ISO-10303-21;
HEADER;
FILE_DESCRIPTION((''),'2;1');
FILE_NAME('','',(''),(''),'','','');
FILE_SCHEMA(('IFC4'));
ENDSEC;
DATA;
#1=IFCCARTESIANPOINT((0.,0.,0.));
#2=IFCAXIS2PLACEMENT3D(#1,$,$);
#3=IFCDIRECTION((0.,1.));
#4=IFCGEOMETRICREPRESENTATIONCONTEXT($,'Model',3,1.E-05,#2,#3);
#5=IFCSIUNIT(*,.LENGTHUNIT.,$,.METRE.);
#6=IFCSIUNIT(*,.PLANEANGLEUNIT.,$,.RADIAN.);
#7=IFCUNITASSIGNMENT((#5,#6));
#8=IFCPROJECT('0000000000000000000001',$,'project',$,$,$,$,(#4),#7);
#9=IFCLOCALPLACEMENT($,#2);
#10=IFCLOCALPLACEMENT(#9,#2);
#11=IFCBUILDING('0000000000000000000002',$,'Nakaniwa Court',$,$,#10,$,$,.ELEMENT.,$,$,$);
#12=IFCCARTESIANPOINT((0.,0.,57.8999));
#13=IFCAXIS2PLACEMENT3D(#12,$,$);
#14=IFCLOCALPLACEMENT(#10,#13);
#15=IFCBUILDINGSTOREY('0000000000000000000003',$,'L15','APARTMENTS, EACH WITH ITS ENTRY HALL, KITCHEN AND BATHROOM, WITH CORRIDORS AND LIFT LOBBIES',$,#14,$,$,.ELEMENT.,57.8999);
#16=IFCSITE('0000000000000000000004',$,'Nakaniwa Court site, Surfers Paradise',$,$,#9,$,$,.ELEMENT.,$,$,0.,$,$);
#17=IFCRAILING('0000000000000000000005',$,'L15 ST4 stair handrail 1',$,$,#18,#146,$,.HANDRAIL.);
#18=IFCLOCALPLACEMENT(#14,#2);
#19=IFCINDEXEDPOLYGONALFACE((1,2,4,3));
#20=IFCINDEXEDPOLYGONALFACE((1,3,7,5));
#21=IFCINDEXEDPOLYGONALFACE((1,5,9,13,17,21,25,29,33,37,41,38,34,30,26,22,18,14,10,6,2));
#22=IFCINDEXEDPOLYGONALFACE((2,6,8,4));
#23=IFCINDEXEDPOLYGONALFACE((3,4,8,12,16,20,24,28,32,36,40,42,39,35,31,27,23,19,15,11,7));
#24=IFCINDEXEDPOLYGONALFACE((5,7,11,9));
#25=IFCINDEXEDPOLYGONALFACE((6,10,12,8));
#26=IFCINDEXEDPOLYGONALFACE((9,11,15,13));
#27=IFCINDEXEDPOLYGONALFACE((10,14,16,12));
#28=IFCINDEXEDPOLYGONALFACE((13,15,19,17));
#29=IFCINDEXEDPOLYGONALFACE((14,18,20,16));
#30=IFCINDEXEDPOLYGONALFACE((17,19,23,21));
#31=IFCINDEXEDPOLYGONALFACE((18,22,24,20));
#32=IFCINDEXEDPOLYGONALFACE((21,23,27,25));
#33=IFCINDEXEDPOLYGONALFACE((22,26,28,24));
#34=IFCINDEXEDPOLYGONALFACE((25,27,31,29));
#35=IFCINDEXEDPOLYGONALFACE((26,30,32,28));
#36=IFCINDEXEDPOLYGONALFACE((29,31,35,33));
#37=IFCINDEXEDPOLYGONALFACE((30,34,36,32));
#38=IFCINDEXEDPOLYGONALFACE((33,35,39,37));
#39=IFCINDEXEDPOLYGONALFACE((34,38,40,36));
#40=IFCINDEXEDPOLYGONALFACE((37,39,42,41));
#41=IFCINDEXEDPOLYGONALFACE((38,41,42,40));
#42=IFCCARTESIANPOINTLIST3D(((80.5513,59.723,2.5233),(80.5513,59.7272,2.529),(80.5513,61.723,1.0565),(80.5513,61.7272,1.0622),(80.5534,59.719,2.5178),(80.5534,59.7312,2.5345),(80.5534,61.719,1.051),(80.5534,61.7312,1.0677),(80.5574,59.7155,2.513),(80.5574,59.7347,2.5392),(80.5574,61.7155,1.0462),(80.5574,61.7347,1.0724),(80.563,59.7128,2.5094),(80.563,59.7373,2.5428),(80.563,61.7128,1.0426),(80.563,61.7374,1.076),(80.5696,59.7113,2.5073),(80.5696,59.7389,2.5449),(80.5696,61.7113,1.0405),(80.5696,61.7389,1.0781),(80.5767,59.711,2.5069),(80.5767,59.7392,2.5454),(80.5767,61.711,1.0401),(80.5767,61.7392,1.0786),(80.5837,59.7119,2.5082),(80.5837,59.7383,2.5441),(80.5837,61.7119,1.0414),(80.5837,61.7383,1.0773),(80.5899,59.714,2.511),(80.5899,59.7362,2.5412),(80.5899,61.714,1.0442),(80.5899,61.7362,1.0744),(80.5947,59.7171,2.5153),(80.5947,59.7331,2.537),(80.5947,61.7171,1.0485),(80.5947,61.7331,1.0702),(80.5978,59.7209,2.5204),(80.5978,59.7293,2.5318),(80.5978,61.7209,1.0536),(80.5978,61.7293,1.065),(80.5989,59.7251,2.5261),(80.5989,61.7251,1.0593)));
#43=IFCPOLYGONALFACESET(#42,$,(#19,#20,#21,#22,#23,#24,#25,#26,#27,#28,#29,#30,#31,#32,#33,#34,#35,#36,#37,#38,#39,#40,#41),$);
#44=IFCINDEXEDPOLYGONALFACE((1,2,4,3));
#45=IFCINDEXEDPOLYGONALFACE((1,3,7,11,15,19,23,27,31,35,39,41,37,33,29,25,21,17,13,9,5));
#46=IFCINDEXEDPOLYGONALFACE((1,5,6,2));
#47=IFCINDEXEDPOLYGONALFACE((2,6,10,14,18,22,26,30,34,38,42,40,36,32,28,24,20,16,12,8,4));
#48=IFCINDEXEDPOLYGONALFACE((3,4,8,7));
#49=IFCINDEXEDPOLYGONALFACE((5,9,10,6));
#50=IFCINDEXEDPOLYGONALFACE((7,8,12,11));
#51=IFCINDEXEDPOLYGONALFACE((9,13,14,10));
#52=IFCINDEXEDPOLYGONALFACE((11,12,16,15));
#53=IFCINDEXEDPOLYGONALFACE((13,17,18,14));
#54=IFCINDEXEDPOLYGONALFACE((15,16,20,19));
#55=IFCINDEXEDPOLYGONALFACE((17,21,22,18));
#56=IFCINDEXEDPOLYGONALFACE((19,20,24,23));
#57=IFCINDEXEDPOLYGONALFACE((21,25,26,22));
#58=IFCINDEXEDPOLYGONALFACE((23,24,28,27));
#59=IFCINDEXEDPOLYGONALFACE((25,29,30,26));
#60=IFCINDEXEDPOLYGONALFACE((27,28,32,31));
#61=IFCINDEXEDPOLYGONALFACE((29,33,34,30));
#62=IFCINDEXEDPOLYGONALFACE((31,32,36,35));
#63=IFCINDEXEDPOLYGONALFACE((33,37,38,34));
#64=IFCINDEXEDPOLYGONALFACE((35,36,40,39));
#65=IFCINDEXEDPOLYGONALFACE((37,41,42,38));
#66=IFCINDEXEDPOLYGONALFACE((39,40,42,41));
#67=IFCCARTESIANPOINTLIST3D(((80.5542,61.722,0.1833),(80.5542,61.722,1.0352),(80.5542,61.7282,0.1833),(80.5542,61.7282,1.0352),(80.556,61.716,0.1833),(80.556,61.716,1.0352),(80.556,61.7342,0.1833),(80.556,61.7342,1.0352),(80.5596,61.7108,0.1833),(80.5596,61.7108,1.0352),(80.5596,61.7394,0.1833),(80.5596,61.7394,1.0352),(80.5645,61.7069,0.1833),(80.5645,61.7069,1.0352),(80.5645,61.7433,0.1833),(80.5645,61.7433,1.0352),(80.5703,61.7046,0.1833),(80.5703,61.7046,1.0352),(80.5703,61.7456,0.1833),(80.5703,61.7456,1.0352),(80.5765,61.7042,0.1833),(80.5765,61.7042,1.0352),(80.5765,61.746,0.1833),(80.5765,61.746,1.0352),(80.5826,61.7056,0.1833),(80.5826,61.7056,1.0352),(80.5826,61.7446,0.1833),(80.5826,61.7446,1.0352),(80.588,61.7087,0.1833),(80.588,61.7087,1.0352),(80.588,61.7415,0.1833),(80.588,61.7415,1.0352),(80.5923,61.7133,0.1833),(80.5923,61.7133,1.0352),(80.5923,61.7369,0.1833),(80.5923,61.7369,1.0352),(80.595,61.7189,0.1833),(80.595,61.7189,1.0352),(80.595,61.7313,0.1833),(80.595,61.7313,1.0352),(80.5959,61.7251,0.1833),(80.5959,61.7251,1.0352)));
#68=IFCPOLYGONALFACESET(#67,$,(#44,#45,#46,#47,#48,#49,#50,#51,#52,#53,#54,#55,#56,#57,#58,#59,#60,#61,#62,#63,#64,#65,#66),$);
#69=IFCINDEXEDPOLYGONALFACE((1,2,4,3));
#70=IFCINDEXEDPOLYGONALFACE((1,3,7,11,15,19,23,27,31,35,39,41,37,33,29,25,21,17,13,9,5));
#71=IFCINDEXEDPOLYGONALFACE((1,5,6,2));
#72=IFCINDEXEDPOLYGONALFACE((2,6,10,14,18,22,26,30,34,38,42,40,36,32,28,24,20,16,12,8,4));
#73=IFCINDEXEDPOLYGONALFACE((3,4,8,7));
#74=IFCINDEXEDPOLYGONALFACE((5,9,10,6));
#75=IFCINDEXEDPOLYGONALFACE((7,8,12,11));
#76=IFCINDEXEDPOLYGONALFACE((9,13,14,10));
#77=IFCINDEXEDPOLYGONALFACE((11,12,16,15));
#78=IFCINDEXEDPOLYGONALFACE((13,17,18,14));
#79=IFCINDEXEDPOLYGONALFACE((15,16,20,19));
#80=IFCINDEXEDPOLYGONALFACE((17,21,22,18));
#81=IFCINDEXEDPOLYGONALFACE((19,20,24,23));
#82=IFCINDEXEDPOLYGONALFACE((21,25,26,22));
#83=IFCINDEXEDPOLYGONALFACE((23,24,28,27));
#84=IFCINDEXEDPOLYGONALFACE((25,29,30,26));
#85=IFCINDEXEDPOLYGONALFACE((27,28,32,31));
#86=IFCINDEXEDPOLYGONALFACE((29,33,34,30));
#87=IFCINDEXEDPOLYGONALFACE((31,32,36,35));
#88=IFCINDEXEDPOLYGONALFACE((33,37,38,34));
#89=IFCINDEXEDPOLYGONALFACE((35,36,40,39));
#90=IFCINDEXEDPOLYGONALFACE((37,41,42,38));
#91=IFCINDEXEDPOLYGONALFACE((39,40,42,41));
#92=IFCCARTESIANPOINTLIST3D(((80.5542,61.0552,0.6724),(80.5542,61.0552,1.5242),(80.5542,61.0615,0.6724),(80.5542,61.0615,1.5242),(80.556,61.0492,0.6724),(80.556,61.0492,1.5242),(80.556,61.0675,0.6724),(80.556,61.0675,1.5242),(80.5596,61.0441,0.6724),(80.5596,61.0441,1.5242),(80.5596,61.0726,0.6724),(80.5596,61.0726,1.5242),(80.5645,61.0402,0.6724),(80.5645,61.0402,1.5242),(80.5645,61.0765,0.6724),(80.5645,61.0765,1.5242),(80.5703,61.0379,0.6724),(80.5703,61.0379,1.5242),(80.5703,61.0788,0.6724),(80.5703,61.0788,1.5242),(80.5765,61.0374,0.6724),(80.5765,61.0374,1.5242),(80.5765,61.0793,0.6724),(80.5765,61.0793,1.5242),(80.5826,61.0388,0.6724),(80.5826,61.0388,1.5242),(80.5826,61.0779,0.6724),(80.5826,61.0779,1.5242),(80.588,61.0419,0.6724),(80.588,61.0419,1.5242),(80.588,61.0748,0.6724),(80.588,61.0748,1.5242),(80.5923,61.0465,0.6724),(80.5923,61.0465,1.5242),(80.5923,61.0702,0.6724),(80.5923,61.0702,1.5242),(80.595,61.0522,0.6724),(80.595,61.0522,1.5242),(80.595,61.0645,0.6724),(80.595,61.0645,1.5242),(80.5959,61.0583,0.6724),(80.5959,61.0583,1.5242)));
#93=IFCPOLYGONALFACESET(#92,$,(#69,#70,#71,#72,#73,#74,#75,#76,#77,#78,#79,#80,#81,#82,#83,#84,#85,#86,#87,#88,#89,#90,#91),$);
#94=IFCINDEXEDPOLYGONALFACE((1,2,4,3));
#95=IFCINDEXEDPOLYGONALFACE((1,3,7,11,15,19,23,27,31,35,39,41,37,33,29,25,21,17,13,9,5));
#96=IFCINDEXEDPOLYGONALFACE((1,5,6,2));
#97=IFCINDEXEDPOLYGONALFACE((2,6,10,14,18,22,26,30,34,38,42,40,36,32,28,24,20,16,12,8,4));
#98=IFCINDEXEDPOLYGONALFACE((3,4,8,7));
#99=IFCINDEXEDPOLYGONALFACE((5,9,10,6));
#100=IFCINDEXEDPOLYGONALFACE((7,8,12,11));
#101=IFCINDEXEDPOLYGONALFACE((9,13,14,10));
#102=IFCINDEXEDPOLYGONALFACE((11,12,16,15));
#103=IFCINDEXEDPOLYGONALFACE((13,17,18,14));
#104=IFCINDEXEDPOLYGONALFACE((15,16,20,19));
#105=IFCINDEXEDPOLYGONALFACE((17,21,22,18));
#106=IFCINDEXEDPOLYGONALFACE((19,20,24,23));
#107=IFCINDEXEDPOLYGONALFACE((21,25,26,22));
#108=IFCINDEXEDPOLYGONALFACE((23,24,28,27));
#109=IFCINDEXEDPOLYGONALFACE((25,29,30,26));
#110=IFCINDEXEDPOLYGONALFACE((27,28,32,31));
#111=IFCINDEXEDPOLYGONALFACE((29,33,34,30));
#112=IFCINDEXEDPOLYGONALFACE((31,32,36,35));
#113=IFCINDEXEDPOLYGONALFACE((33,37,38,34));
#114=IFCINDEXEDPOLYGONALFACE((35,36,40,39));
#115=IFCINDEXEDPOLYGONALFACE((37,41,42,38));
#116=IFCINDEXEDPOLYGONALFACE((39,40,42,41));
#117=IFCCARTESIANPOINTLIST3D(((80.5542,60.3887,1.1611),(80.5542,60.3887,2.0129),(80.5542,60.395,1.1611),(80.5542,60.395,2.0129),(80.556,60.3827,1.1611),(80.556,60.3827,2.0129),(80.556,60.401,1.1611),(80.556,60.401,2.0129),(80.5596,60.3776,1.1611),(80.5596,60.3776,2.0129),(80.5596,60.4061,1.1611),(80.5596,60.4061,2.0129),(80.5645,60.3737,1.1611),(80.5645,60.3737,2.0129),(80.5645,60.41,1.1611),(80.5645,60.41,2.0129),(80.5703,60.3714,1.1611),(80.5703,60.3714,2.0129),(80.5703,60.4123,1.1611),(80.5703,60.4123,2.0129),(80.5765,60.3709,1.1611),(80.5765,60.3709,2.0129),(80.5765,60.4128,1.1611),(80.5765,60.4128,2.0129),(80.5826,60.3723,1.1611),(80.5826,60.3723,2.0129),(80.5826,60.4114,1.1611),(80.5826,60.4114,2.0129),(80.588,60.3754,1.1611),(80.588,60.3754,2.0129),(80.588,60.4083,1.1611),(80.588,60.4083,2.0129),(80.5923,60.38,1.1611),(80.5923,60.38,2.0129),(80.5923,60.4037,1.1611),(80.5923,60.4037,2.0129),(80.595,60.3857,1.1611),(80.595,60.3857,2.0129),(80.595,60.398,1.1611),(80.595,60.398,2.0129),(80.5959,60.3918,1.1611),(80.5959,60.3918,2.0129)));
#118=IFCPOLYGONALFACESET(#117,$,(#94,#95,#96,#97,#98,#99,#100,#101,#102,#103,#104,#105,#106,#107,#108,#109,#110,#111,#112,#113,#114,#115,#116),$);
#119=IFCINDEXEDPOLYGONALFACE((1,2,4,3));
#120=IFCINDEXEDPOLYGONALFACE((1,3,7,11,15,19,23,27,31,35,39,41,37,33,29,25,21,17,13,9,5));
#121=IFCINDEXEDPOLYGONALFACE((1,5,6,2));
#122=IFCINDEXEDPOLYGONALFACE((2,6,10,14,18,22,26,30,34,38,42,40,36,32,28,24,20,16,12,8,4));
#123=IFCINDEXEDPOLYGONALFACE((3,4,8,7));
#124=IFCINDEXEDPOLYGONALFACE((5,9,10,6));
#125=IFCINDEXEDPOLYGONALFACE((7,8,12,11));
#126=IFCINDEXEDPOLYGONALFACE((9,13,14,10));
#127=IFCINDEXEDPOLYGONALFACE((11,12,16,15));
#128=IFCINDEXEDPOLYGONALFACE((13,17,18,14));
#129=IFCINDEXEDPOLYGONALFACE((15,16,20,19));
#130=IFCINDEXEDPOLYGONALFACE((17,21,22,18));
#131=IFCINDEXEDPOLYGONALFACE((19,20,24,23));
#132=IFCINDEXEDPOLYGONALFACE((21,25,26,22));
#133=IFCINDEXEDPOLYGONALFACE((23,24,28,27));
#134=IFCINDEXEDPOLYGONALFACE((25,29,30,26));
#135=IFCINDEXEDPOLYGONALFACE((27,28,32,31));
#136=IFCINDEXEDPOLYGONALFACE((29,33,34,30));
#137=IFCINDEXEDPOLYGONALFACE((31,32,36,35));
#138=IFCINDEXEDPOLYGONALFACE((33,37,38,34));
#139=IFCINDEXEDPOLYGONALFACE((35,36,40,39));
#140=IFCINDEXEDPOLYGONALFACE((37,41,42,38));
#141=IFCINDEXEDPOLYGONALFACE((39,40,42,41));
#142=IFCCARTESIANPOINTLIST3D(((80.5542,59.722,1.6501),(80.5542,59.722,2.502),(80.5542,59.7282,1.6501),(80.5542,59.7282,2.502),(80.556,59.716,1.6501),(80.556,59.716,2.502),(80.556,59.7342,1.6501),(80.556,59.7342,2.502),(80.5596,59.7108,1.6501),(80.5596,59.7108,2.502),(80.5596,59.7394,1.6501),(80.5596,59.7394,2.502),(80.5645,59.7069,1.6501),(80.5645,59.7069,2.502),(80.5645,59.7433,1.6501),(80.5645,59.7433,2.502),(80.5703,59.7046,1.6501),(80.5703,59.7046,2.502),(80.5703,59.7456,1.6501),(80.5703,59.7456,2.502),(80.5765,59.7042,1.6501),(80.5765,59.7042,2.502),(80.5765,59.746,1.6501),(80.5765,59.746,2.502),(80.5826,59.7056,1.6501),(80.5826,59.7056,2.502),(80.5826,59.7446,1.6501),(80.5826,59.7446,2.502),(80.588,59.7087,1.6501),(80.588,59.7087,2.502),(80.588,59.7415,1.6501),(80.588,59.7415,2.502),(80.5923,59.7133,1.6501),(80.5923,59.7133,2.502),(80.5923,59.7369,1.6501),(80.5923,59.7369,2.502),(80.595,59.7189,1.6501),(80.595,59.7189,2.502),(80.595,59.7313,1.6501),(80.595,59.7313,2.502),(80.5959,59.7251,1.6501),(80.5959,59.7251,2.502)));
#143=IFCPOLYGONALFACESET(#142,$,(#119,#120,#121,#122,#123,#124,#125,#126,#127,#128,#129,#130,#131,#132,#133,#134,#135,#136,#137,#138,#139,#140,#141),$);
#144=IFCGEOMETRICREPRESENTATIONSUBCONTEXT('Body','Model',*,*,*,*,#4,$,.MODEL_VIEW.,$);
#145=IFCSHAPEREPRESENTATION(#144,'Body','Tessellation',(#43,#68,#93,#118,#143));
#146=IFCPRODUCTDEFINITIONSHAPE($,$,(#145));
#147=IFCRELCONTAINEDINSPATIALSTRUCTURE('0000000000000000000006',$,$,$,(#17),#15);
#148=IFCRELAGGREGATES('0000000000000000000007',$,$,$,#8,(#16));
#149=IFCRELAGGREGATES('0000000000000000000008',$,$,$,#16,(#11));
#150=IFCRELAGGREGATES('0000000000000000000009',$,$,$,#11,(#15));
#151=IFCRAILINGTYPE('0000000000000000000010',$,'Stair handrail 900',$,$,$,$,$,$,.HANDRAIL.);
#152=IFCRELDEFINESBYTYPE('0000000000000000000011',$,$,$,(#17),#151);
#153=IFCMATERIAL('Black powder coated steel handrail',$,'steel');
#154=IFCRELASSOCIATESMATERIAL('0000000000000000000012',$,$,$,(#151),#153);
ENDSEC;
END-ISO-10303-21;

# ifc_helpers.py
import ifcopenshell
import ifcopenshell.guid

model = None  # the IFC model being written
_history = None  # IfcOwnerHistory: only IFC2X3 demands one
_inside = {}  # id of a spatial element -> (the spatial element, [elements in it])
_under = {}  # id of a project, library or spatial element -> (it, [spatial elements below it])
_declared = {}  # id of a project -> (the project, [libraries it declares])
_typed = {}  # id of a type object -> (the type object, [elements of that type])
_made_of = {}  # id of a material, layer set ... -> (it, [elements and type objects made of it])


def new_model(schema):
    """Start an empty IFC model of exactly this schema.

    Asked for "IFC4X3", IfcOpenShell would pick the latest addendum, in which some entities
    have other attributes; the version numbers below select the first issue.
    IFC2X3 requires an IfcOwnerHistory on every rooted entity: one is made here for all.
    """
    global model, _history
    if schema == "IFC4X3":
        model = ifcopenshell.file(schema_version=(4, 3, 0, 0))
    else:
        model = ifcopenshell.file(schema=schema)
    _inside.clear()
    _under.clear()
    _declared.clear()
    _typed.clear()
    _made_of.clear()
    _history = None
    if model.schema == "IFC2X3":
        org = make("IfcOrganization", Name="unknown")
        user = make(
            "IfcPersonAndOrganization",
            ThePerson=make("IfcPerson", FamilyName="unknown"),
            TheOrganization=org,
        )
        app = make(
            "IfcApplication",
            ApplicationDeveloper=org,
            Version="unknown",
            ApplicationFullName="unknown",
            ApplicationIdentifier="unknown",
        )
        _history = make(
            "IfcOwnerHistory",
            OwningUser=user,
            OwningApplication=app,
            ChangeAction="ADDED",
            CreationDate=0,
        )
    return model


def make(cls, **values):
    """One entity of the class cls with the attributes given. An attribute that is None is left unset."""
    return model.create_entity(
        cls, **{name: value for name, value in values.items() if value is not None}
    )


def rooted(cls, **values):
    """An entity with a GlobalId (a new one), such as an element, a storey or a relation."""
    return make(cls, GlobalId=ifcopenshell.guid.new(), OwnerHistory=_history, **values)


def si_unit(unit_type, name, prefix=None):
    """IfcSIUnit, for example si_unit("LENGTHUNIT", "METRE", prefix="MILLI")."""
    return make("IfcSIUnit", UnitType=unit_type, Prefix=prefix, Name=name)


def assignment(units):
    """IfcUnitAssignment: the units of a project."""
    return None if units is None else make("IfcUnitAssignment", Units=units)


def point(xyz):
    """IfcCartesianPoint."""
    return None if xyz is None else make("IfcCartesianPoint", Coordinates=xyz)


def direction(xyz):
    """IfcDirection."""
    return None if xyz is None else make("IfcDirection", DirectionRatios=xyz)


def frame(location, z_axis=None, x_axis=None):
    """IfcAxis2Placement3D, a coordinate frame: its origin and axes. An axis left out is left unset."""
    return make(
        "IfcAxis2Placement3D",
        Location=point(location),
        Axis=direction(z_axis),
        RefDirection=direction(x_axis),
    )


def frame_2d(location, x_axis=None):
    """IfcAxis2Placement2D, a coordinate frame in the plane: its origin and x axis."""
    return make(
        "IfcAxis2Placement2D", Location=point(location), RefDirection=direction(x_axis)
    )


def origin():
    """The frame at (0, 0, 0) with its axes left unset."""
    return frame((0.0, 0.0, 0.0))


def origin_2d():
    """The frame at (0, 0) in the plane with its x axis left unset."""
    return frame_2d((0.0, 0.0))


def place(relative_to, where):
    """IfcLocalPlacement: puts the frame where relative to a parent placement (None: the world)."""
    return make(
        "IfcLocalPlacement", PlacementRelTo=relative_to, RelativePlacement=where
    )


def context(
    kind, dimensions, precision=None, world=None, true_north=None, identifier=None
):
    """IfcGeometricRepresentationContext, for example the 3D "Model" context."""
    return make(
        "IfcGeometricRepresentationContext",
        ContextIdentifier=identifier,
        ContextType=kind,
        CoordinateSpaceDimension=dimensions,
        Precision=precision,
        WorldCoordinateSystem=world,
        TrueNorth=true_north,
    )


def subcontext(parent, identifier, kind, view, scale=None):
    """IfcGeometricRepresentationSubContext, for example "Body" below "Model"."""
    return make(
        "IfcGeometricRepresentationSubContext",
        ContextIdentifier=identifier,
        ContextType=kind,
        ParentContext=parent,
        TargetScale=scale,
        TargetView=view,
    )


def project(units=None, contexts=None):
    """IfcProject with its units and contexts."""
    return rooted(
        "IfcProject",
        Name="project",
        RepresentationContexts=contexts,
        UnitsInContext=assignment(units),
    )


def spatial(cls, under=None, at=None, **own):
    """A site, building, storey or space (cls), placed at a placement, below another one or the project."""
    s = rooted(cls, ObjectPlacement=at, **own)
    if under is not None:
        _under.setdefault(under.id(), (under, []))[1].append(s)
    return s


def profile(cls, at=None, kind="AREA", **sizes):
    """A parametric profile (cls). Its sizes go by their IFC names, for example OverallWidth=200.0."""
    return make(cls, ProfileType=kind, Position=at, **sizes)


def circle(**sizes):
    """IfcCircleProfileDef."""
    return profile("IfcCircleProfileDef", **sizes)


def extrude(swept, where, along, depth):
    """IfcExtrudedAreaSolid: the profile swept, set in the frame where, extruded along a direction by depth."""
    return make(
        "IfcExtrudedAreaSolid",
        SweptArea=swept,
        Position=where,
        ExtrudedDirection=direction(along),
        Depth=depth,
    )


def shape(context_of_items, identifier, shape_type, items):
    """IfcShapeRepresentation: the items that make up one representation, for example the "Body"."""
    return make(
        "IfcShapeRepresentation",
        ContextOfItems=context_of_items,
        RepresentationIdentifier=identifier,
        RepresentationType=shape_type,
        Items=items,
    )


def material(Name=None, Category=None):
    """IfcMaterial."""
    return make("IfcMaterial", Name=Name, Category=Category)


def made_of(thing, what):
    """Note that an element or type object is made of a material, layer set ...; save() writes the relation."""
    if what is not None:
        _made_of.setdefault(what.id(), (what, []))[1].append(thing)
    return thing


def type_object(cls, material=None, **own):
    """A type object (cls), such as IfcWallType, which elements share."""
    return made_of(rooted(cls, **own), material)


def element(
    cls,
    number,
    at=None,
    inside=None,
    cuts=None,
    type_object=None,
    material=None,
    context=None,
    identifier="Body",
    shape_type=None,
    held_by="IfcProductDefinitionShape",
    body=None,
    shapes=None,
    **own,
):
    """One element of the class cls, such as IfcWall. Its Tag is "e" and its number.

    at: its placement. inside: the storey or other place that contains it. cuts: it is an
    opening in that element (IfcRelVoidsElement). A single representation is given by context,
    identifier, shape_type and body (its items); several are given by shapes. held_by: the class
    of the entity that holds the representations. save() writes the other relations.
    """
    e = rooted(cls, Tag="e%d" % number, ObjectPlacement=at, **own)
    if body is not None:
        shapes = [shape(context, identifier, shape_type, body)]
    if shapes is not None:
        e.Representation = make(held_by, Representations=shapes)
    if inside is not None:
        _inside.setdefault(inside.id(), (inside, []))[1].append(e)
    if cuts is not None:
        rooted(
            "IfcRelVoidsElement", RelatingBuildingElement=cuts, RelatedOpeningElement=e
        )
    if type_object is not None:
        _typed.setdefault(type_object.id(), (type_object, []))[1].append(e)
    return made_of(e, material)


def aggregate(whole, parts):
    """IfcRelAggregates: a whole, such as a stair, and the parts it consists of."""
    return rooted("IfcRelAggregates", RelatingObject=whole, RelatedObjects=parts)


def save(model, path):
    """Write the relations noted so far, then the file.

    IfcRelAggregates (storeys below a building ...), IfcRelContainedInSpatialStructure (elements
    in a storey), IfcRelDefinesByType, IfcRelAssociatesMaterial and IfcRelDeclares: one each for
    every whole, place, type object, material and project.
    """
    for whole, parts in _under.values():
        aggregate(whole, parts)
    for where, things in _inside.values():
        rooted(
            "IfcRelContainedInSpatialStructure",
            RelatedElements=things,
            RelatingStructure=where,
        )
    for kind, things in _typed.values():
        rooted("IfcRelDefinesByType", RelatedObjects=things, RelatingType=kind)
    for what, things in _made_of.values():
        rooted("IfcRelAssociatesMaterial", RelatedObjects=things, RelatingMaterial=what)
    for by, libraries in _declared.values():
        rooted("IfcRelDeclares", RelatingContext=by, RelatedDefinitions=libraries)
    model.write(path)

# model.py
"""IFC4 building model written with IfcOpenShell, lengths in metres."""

from ifc_helpers import new_model, si_unit, direction, frame, origin, origin_2d, place, context, subcontext, project, spatial, circle, extrude, material, type_object, element, save


model = new_model("IFC4")

# Units and contexts
model_context = context("Model", 3, precision=1e-05, world=origin(), true_north=direction((0.0, 1.0)))
body_context = subcontext(model_context, "Body", "Model", "MODEL_VIEW")
ifc_project = project(units=[si_unit("LENGTHUNIT", "METRE"), si_unit("PLANEANGLEUNIT", "RADIAN")], contexts=[model_context])

# Site, building, storey
site_placement = place(None, origin())
site = spatial("IfcSite", under=ifc_project, at=site_placement, Name="Nakaniwa Court site, Surfers Paradise", CompositionType="ELEMENT", RefElevation=0.0)
building_placement = place(site_placement, origin())
building = spatial("IfcBuilding", under=site, at=building_placement, Name="Nakaniwa Court", CompositionType="ELEMENT")
storey_placement = place(building_placement, frame((0.0, 0.0, 57.8999)))
storey = spatial("IfcBuildingStorey", under=building, at=storey_placement, Name="L15", Description="APARTMENTS, EACH WITH ITS ENTRY HALL, KITCHEN AND BATHROOM, WITH CORRIDORS AND LIFT LOBBIES", CompositionType="ELEMENT", Elevation=57.8999)

# Railing
ifc_material_1 = material(Name="Black powder coated steel handrail", Category="steel")
railing_type_1 = type_object("IfcRailingType", Name="Stair handrail 900", PredefinedType="HANDRAIL", material=ifc_material_1)
railing_1_placement = place(storey_placement, frame((80.575, 61.7251, 0.1833)))
element("IfcRailing", 1, at=railing_1_placement, inside=storey, type_object=railing_type_1, Name="L15 ST4 stair handrail 1", PredefinedType="HANDRAIL", context=body_context, shape_type="SweptSolid", body=[
    extrude(circle(Radius=0.0239, at=origin_2d()), frame((0.0, 0.0, 0.876), z_axis=(0.0, -0.80638, 0.591398), x_axis=(1.0, 0.0, 0.0)), (0.0, 0.0, 1.0), 2.4802),
    extrude(circle(Radius=0.021, at=origin_2d()), origin(), (0.0, 0.0, 1.0), 0.8518),
    extrude(circle(Radius=0.021, at=origin_2d()), frame((0.0, -0.6667, 0.489)), (0.0, 0.0, 1.0), 0.8518),
    extrude(circle(Radius=0.021, at=origin_2d()), frame((0.0, -1.3333, 0.9778)), (0.0, 0.0, 1.0), 0.8518),
    extrude(circle(Radius=0.021, at=origin_2d()), frame((0.0, -2.0, 1.4668)), (0.0, 0.0, 1.0), 0.8518),
])

save(model, "model.ifc")
